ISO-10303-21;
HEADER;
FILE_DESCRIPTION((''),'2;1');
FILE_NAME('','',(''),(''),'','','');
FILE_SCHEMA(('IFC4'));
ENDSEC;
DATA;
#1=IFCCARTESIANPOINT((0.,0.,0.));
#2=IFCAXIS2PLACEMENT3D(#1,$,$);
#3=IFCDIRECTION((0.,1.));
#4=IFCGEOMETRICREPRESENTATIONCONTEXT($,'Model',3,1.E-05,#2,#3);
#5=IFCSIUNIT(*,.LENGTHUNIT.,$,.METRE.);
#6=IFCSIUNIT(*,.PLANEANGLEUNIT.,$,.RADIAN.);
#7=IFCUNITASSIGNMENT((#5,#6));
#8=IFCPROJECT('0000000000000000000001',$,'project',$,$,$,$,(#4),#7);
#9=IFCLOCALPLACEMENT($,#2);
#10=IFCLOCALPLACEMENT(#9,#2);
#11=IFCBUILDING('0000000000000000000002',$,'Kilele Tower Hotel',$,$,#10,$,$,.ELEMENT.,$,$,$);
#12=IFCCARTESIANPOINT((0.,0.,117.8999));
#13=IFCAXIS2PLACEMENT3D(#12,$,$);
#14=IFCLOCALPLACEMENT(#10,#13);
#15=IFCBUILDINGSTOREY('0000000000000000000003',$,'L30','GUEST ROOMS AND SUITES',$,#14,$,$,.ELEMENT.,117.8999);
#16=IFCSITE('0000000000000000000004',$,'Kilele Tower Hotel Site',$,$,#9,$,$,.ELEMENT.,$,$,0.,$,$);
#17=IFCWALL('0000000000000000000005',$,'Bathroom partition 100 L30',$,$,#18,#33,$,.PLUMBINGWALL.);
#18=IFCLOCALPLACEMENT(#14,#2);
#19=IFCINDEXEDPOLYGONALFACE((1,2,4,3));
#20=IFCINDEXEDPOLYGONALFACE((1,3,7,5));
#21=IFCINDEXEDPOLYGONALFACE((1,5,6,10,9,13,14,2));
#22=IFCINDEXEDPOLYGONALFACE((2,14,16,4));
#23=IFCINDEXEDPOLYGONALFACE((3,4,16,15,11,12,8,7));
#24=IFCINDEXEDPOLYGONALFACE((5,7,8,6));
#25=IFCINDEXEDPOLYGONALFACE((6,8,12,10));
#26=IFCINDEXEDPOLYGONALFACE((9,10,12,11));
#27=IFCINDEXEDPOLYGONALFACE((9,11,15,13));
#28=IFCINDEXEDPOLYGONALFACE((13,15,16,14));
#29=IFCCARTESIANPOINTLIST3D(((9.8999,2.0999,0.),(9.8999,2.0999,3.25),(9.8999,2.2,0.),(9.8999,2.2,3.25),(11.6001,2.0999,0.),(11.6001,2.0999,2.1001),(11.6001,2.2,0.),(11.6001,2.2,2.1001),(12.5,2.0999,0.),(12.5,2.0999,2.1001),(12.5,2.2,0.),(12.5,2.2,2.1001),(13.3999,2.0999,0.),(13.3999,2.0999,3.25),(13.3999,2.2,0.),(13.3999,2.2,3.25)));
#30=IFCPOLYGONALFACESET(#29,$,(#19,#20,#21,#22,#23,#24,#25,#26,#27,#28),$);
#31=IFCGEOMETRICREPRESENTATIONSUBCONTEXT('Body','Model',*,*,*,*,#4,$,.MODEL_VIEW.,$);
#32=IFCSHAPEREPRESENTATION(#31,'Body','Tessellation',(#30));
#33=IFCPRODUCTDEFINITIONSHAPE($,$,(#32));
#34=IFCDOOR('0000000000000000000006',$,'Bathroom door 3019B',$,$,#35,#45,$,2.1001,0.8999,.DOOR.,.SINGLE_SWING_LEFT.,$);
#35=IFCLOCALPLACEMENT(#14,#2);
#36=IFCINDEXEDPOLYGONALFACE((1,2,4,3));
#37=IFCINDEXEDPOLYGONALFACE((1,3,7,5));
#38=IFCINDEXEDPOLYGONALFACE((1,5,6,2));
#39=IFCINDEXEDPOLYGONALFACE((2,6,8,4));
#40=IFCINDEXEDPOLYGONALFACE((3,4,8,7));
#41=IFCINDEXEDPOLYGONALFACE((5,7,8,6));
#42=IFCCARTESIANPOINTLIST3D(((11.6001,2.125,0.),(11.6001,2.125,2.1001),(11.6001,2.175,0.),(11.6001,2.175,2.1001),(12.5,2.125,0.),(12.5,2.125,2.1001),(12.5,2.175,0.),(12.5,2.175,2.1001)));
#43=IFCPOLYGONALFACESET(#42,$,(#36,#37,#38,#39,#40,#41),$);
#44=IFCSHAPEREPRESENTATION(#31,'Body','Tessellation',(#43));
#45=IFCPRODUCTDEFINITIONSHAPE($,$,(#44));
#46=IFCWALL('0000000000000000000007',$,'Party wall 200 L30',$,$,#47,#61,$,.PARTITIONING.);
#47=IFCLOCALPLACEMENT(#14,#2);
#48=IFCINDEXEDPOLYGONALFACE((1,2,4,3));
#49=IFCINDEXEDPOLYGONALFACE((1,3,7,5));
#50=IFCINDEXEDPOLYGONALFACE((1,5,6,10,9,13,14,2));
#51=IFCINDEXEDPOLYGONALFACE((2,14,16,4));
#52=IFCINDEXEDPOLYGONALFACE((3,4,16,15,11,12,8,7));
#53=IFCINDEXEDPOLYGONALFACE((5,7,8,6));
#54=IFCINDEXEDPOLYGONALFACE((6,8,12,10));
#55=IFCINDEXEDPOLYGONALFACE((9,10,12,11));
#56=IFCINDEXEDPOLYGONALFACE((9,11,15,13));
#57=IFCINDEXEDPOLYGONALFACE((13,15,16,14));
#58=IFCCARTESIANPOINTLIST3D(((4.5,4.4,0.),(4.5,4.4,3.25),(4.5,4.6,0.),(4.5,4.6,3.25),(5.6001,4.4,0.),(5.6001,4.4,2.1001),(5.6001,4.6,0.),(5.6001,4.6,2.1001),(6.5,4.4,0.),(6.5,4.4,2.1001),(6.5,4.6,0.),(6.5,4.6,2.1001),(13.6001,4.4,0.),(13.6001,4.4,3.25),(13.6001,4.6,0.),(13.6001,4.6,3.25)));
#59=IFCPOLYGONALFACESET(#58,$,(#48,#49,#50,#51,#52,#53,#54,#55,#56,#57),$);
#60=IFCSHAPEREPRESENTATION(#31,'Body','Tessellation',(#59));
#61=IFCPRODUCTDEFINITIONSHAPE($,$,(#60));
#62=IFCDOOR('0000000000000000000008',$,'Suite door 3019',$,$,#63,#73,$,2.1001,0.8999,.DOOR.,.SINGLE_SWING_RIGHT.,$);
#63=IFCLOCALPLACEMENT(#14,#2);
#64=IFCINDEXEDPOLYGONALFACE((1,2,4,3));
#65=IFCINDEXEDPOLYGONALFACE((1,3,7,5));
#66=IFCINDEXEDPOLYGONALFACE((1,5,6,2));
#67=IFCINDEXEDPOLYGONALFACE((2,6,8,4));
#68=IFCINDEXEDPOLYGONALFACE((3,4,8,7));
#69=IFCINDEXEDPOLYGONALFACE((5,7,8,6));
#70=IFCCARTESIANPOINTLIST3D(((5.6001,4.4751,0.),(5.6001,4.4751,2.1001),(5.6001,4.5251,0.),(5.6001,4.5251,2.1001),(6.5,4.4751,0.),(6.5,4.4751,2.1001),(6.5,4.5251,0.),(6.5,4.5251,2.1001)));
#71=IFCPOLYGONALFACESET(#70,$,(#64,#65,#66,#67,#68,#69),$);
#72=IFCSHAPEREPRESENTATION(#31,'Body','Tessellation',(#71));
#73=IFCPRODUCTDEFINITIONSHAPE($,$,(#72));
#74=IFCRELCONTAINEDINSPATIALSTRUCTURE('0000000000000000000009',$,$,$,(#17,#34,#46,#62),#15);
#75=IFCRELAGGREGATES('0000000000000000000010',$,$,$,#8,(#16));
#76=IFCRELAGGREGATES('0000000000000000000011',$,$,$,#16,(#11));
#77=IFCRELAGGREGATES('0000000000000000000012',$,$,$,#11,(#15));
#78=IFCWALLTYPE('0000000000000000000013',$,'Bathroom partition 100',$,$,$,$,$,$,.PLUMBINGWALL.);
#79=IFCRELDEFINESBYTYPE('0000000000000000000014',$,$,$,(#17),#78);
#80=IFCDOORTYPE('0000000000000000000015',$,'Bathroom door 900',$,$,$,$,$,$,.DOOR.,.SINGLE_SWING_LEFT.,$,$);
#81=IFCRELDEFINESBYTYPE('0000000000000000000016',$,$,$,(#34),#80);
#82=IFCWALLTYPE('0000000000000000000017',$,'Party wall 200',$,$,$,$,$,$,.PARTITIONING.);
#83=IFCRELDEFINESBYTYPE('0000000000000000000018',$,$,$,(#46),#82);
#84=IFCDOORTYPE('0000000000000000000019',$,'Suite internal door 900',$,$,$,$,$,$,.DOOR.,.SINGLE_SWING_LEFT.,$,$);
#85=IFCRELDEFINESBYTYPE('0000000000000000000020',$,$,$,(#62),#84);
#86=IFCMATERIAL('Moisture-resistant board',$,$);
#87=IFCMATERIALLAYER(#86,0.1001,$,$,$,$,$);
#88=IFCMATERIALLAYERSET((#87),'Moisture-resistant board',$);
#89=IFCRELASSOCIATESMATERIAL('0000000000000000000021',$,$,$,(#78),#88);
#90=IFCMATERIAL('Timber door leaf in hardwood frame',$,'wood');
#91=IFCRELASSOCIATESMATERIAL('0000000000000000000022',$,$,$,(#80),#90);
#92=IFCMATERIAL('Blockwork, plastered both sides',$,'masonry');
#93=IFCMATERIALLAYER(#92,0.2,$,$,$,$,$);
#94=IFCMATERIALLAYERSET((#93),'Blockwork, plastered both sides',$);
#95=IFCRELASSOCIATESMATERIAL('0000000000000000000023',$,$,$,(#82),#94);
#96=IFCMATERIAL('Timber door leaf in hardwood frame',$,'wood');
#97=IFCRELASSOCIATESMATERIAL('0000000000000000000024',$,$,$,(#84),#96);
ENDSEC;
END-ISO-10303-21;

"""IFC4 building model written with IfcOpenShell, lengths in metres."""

from ifc_helpers import new_model, si_unit, direction, frame, frame_2d, origin, place, context, subcontext, project, spatial, rectangle, extrude, material, layer, layer_set, type_object, element, fill, save


model = new_model("IFC4")

# Units and contexts
model_context = context("Model", 3, precision=1e-05, world=origin(), true_north=direction((0.0, 1.0)))
body_context = subcontext(model_context, "Body", "Model", "MODEL_VIEW")
ifc_project = project(units=[si_unit("LENGTHUNIT", "METRE"), si_unit("PLANEANGLEUNIT", "RADIAN")], contexts=[model_context])

# Site, building, storey
site_placement = place(None, origin())
site = spatial("IfcSite", under=ifc_project, at=site_placement, Name="Kilele Tower Hotel Site", CompositionType="ELEMENT", RefElevation=0.0)
building_placement = place(site_placement, origin())
building = spatial("IfcBuilding", under=site, at=building_placement, Name="Kilele Tower Hotel", CompositionType="ELEMENT")
storey_placement = place(building_placement, frame((0.0, 0.0, 117.8999)))
storey = spatial("IfcBuildingStorey", under=building, at=storey_placement, Name="L30", Description="GUEST ROOMS AND SUITES", CompositionType="ELEMENT", Elevation=117.8999)

# Shared definitions
ifc_material_1 = material(Name="Moisture-resistant board")
ifc_layer_1 = layer(ifc_material_1, 0.1001)
ifc_layer_set_1 = layer_set([ifc_layer_1], Name="Moisture-resistant board")
wall_type_1 = type_object("IfcWallType", Name="Bathroom partition 100", PredefinedType="PLUMBINGWALL", material=ifc_layer_set_1)

# Shared definitions
ifc_material_2 = material(Name="Timber door leaf in hardwood frame", Category="wood")
door_type_1 = type_object("IfcDoorType", Name="Bathroom door 900", OperationType="SINGLE_SWING_LEFT", PredefinedType="DOOR", material=ifc_material_2)

# Walls, openings, doors
wall_1_placement = place(storey_placement, frame((13.3999, 2.1499, 0.0), z_axis=(0.0, 0.0, 1.0), x_axis=(-1.0, 0.0, 0.0)))
wall_1 = element("IfcWall", 1, at=wall_1_placement, inside=storey, type_object=wall_type_1, Name="Bathroom partition 100 L30", PredefinedType="PLUMBINGWALL", context=body_context, shape_type="SweptSolid", body=[
    extrude(rectangle(XDim=3.5, YDim=0.1001, at=frame_2d((1.75, 0.0))), origin(), (0.0, 0.0, 1.0), 3.25),
])
opening_1_placement = place(wall_1_placement, frame((0.8999, 0.0, 0.0)))
opening_1 = element("IfcOpeningElement", 2, at=opening_1_placement, cuts=wall_1, PredefinedType="OPENING", context=body_context, shape_type="SweptSolid", body=[
    extrude(rectangle(XDim=0.8999, YDim=2.1001, at=frame_2d((0.45, 1.05))), frame((0.0, 0.0601, 0.0), z_axis=(0.0, -1.0, 0.0), x_axis=(1.0, 0.0, 0.0)), (0.0, 0.0, 1.0), 0.1201),
])
door_1_placement = place(opening_1_placement, origin())
door_1 = element("IfcDoor", 3, at=door_1_placement, inside=storey, type_object=door_type_1, Name="Bathroom door 3019B", OperationType="SINGLE_SWING_LEFT", OverallHeight=2.1001, OverallWidth=0.8999, PredefinedType="DOOR", context=body_context, shape_type="SweptSolid", body=[
    extrude(rectangle(XDim=0.8999, YDim=2.1001, at=frame_2d((0.45, 1.05))), frame((0.0, 0.0249, 0.0), z_axis=(0.0, -1.0, 0.0), x_axis=(1.0, 0.0, 0.0)), (0.0, 0.0, 1.0), 0.05),
])
fill(opening_1, door_1)
ifc_material_3 = material(Name="Blockwork, plastered both sides", Category="masonry")
ifc_layer_2 = layer(ifc_material_3, 0.2)
ifc_layer_set_2 = layer_set([ifc_layer_2], Name="Blockwork, plastered both sides")
wall_type_2 = type_object("IfcWallType", Name="Party wall 200", PredefinedType="PARTITIONING", material=ifc_layer_set_2)
wall_2_placement = place(storey_placement, frame((13.6001, 4.5, 0.0), z_axis=(0.0, 0.0, 1.0), x_axis=(-1.0, 0.0, 0.0)))
wall_2 = element("IfcWall", 4, at=wall_2_placement, inside=storey, type_object=wall_type_2, Name="Party wall 200 L30", PredefinedType="PARTITIONING", context=body_context, shape_type="SweptSolid", body=[
    extrude(rectangle(XDim=9.1001, YDim=0.2, at=frame_2d((4.55, 0.0))), origin(), (0.0, 0.0, 1.0), 3.25),
])
opening_2_placement = place(wall_2_placement, frame((7.1001, 0.0, 0.0)))
opening_2 = element("IfcOpeningElement", 5, at=opening_2_placement, cuts=wall_2, PredefinedType="OPENING", context=body_context, shape_type="SweptSolid", body=[
    extrude(rectangle(XDim=0.8999, YDim=2.1001, at=frame_2d((0.45, 1.05))), frame((0.0, 0.1099, 0.0), z_axis=(0.0, -1.0, 0.0), x_axis=(1.0, 0.0, 0.0)), (0.0, 0.0, 1.0), 0.22),
])
ifc_material_4 = material(Name="Timber door leaf in hardwood frame", Category="wood")
door_type_2 = type_object("IfcDoorType", Name="Suite internal door 900", OperationType="SINGLE_SWING_LEFT", PredefinedType="DOOR", material=ifc_material_4)
door_2_placement = place(opening_2_placement, origin())
door_2 = element("IfcDoor", 6, at=door_2_placement, inside=storey, type_object=door_type_2, Name="Suite door 3019", OperationType="SINGLE_SWING_RIGHT", OverallHeight=2.1001, OverallWidth=0.8999, PredefinedType="DOOR", context=body_context, shape_type="SweptSolid", body=[
    extrude(rectangle(XDim=0.8999, YDim=2.1001, at=frame_2d((0.45, 1.05))), frame((0.0, 0.0249, 0.0), z_axis=(0.0, -1.0, 0.0), x_axis=(1.0, 0.0, 0.0)), (0.0, 0.0, 1.0), 0.05),
])
fill(opening_2, door_2)

save(model, "model.ifc")
